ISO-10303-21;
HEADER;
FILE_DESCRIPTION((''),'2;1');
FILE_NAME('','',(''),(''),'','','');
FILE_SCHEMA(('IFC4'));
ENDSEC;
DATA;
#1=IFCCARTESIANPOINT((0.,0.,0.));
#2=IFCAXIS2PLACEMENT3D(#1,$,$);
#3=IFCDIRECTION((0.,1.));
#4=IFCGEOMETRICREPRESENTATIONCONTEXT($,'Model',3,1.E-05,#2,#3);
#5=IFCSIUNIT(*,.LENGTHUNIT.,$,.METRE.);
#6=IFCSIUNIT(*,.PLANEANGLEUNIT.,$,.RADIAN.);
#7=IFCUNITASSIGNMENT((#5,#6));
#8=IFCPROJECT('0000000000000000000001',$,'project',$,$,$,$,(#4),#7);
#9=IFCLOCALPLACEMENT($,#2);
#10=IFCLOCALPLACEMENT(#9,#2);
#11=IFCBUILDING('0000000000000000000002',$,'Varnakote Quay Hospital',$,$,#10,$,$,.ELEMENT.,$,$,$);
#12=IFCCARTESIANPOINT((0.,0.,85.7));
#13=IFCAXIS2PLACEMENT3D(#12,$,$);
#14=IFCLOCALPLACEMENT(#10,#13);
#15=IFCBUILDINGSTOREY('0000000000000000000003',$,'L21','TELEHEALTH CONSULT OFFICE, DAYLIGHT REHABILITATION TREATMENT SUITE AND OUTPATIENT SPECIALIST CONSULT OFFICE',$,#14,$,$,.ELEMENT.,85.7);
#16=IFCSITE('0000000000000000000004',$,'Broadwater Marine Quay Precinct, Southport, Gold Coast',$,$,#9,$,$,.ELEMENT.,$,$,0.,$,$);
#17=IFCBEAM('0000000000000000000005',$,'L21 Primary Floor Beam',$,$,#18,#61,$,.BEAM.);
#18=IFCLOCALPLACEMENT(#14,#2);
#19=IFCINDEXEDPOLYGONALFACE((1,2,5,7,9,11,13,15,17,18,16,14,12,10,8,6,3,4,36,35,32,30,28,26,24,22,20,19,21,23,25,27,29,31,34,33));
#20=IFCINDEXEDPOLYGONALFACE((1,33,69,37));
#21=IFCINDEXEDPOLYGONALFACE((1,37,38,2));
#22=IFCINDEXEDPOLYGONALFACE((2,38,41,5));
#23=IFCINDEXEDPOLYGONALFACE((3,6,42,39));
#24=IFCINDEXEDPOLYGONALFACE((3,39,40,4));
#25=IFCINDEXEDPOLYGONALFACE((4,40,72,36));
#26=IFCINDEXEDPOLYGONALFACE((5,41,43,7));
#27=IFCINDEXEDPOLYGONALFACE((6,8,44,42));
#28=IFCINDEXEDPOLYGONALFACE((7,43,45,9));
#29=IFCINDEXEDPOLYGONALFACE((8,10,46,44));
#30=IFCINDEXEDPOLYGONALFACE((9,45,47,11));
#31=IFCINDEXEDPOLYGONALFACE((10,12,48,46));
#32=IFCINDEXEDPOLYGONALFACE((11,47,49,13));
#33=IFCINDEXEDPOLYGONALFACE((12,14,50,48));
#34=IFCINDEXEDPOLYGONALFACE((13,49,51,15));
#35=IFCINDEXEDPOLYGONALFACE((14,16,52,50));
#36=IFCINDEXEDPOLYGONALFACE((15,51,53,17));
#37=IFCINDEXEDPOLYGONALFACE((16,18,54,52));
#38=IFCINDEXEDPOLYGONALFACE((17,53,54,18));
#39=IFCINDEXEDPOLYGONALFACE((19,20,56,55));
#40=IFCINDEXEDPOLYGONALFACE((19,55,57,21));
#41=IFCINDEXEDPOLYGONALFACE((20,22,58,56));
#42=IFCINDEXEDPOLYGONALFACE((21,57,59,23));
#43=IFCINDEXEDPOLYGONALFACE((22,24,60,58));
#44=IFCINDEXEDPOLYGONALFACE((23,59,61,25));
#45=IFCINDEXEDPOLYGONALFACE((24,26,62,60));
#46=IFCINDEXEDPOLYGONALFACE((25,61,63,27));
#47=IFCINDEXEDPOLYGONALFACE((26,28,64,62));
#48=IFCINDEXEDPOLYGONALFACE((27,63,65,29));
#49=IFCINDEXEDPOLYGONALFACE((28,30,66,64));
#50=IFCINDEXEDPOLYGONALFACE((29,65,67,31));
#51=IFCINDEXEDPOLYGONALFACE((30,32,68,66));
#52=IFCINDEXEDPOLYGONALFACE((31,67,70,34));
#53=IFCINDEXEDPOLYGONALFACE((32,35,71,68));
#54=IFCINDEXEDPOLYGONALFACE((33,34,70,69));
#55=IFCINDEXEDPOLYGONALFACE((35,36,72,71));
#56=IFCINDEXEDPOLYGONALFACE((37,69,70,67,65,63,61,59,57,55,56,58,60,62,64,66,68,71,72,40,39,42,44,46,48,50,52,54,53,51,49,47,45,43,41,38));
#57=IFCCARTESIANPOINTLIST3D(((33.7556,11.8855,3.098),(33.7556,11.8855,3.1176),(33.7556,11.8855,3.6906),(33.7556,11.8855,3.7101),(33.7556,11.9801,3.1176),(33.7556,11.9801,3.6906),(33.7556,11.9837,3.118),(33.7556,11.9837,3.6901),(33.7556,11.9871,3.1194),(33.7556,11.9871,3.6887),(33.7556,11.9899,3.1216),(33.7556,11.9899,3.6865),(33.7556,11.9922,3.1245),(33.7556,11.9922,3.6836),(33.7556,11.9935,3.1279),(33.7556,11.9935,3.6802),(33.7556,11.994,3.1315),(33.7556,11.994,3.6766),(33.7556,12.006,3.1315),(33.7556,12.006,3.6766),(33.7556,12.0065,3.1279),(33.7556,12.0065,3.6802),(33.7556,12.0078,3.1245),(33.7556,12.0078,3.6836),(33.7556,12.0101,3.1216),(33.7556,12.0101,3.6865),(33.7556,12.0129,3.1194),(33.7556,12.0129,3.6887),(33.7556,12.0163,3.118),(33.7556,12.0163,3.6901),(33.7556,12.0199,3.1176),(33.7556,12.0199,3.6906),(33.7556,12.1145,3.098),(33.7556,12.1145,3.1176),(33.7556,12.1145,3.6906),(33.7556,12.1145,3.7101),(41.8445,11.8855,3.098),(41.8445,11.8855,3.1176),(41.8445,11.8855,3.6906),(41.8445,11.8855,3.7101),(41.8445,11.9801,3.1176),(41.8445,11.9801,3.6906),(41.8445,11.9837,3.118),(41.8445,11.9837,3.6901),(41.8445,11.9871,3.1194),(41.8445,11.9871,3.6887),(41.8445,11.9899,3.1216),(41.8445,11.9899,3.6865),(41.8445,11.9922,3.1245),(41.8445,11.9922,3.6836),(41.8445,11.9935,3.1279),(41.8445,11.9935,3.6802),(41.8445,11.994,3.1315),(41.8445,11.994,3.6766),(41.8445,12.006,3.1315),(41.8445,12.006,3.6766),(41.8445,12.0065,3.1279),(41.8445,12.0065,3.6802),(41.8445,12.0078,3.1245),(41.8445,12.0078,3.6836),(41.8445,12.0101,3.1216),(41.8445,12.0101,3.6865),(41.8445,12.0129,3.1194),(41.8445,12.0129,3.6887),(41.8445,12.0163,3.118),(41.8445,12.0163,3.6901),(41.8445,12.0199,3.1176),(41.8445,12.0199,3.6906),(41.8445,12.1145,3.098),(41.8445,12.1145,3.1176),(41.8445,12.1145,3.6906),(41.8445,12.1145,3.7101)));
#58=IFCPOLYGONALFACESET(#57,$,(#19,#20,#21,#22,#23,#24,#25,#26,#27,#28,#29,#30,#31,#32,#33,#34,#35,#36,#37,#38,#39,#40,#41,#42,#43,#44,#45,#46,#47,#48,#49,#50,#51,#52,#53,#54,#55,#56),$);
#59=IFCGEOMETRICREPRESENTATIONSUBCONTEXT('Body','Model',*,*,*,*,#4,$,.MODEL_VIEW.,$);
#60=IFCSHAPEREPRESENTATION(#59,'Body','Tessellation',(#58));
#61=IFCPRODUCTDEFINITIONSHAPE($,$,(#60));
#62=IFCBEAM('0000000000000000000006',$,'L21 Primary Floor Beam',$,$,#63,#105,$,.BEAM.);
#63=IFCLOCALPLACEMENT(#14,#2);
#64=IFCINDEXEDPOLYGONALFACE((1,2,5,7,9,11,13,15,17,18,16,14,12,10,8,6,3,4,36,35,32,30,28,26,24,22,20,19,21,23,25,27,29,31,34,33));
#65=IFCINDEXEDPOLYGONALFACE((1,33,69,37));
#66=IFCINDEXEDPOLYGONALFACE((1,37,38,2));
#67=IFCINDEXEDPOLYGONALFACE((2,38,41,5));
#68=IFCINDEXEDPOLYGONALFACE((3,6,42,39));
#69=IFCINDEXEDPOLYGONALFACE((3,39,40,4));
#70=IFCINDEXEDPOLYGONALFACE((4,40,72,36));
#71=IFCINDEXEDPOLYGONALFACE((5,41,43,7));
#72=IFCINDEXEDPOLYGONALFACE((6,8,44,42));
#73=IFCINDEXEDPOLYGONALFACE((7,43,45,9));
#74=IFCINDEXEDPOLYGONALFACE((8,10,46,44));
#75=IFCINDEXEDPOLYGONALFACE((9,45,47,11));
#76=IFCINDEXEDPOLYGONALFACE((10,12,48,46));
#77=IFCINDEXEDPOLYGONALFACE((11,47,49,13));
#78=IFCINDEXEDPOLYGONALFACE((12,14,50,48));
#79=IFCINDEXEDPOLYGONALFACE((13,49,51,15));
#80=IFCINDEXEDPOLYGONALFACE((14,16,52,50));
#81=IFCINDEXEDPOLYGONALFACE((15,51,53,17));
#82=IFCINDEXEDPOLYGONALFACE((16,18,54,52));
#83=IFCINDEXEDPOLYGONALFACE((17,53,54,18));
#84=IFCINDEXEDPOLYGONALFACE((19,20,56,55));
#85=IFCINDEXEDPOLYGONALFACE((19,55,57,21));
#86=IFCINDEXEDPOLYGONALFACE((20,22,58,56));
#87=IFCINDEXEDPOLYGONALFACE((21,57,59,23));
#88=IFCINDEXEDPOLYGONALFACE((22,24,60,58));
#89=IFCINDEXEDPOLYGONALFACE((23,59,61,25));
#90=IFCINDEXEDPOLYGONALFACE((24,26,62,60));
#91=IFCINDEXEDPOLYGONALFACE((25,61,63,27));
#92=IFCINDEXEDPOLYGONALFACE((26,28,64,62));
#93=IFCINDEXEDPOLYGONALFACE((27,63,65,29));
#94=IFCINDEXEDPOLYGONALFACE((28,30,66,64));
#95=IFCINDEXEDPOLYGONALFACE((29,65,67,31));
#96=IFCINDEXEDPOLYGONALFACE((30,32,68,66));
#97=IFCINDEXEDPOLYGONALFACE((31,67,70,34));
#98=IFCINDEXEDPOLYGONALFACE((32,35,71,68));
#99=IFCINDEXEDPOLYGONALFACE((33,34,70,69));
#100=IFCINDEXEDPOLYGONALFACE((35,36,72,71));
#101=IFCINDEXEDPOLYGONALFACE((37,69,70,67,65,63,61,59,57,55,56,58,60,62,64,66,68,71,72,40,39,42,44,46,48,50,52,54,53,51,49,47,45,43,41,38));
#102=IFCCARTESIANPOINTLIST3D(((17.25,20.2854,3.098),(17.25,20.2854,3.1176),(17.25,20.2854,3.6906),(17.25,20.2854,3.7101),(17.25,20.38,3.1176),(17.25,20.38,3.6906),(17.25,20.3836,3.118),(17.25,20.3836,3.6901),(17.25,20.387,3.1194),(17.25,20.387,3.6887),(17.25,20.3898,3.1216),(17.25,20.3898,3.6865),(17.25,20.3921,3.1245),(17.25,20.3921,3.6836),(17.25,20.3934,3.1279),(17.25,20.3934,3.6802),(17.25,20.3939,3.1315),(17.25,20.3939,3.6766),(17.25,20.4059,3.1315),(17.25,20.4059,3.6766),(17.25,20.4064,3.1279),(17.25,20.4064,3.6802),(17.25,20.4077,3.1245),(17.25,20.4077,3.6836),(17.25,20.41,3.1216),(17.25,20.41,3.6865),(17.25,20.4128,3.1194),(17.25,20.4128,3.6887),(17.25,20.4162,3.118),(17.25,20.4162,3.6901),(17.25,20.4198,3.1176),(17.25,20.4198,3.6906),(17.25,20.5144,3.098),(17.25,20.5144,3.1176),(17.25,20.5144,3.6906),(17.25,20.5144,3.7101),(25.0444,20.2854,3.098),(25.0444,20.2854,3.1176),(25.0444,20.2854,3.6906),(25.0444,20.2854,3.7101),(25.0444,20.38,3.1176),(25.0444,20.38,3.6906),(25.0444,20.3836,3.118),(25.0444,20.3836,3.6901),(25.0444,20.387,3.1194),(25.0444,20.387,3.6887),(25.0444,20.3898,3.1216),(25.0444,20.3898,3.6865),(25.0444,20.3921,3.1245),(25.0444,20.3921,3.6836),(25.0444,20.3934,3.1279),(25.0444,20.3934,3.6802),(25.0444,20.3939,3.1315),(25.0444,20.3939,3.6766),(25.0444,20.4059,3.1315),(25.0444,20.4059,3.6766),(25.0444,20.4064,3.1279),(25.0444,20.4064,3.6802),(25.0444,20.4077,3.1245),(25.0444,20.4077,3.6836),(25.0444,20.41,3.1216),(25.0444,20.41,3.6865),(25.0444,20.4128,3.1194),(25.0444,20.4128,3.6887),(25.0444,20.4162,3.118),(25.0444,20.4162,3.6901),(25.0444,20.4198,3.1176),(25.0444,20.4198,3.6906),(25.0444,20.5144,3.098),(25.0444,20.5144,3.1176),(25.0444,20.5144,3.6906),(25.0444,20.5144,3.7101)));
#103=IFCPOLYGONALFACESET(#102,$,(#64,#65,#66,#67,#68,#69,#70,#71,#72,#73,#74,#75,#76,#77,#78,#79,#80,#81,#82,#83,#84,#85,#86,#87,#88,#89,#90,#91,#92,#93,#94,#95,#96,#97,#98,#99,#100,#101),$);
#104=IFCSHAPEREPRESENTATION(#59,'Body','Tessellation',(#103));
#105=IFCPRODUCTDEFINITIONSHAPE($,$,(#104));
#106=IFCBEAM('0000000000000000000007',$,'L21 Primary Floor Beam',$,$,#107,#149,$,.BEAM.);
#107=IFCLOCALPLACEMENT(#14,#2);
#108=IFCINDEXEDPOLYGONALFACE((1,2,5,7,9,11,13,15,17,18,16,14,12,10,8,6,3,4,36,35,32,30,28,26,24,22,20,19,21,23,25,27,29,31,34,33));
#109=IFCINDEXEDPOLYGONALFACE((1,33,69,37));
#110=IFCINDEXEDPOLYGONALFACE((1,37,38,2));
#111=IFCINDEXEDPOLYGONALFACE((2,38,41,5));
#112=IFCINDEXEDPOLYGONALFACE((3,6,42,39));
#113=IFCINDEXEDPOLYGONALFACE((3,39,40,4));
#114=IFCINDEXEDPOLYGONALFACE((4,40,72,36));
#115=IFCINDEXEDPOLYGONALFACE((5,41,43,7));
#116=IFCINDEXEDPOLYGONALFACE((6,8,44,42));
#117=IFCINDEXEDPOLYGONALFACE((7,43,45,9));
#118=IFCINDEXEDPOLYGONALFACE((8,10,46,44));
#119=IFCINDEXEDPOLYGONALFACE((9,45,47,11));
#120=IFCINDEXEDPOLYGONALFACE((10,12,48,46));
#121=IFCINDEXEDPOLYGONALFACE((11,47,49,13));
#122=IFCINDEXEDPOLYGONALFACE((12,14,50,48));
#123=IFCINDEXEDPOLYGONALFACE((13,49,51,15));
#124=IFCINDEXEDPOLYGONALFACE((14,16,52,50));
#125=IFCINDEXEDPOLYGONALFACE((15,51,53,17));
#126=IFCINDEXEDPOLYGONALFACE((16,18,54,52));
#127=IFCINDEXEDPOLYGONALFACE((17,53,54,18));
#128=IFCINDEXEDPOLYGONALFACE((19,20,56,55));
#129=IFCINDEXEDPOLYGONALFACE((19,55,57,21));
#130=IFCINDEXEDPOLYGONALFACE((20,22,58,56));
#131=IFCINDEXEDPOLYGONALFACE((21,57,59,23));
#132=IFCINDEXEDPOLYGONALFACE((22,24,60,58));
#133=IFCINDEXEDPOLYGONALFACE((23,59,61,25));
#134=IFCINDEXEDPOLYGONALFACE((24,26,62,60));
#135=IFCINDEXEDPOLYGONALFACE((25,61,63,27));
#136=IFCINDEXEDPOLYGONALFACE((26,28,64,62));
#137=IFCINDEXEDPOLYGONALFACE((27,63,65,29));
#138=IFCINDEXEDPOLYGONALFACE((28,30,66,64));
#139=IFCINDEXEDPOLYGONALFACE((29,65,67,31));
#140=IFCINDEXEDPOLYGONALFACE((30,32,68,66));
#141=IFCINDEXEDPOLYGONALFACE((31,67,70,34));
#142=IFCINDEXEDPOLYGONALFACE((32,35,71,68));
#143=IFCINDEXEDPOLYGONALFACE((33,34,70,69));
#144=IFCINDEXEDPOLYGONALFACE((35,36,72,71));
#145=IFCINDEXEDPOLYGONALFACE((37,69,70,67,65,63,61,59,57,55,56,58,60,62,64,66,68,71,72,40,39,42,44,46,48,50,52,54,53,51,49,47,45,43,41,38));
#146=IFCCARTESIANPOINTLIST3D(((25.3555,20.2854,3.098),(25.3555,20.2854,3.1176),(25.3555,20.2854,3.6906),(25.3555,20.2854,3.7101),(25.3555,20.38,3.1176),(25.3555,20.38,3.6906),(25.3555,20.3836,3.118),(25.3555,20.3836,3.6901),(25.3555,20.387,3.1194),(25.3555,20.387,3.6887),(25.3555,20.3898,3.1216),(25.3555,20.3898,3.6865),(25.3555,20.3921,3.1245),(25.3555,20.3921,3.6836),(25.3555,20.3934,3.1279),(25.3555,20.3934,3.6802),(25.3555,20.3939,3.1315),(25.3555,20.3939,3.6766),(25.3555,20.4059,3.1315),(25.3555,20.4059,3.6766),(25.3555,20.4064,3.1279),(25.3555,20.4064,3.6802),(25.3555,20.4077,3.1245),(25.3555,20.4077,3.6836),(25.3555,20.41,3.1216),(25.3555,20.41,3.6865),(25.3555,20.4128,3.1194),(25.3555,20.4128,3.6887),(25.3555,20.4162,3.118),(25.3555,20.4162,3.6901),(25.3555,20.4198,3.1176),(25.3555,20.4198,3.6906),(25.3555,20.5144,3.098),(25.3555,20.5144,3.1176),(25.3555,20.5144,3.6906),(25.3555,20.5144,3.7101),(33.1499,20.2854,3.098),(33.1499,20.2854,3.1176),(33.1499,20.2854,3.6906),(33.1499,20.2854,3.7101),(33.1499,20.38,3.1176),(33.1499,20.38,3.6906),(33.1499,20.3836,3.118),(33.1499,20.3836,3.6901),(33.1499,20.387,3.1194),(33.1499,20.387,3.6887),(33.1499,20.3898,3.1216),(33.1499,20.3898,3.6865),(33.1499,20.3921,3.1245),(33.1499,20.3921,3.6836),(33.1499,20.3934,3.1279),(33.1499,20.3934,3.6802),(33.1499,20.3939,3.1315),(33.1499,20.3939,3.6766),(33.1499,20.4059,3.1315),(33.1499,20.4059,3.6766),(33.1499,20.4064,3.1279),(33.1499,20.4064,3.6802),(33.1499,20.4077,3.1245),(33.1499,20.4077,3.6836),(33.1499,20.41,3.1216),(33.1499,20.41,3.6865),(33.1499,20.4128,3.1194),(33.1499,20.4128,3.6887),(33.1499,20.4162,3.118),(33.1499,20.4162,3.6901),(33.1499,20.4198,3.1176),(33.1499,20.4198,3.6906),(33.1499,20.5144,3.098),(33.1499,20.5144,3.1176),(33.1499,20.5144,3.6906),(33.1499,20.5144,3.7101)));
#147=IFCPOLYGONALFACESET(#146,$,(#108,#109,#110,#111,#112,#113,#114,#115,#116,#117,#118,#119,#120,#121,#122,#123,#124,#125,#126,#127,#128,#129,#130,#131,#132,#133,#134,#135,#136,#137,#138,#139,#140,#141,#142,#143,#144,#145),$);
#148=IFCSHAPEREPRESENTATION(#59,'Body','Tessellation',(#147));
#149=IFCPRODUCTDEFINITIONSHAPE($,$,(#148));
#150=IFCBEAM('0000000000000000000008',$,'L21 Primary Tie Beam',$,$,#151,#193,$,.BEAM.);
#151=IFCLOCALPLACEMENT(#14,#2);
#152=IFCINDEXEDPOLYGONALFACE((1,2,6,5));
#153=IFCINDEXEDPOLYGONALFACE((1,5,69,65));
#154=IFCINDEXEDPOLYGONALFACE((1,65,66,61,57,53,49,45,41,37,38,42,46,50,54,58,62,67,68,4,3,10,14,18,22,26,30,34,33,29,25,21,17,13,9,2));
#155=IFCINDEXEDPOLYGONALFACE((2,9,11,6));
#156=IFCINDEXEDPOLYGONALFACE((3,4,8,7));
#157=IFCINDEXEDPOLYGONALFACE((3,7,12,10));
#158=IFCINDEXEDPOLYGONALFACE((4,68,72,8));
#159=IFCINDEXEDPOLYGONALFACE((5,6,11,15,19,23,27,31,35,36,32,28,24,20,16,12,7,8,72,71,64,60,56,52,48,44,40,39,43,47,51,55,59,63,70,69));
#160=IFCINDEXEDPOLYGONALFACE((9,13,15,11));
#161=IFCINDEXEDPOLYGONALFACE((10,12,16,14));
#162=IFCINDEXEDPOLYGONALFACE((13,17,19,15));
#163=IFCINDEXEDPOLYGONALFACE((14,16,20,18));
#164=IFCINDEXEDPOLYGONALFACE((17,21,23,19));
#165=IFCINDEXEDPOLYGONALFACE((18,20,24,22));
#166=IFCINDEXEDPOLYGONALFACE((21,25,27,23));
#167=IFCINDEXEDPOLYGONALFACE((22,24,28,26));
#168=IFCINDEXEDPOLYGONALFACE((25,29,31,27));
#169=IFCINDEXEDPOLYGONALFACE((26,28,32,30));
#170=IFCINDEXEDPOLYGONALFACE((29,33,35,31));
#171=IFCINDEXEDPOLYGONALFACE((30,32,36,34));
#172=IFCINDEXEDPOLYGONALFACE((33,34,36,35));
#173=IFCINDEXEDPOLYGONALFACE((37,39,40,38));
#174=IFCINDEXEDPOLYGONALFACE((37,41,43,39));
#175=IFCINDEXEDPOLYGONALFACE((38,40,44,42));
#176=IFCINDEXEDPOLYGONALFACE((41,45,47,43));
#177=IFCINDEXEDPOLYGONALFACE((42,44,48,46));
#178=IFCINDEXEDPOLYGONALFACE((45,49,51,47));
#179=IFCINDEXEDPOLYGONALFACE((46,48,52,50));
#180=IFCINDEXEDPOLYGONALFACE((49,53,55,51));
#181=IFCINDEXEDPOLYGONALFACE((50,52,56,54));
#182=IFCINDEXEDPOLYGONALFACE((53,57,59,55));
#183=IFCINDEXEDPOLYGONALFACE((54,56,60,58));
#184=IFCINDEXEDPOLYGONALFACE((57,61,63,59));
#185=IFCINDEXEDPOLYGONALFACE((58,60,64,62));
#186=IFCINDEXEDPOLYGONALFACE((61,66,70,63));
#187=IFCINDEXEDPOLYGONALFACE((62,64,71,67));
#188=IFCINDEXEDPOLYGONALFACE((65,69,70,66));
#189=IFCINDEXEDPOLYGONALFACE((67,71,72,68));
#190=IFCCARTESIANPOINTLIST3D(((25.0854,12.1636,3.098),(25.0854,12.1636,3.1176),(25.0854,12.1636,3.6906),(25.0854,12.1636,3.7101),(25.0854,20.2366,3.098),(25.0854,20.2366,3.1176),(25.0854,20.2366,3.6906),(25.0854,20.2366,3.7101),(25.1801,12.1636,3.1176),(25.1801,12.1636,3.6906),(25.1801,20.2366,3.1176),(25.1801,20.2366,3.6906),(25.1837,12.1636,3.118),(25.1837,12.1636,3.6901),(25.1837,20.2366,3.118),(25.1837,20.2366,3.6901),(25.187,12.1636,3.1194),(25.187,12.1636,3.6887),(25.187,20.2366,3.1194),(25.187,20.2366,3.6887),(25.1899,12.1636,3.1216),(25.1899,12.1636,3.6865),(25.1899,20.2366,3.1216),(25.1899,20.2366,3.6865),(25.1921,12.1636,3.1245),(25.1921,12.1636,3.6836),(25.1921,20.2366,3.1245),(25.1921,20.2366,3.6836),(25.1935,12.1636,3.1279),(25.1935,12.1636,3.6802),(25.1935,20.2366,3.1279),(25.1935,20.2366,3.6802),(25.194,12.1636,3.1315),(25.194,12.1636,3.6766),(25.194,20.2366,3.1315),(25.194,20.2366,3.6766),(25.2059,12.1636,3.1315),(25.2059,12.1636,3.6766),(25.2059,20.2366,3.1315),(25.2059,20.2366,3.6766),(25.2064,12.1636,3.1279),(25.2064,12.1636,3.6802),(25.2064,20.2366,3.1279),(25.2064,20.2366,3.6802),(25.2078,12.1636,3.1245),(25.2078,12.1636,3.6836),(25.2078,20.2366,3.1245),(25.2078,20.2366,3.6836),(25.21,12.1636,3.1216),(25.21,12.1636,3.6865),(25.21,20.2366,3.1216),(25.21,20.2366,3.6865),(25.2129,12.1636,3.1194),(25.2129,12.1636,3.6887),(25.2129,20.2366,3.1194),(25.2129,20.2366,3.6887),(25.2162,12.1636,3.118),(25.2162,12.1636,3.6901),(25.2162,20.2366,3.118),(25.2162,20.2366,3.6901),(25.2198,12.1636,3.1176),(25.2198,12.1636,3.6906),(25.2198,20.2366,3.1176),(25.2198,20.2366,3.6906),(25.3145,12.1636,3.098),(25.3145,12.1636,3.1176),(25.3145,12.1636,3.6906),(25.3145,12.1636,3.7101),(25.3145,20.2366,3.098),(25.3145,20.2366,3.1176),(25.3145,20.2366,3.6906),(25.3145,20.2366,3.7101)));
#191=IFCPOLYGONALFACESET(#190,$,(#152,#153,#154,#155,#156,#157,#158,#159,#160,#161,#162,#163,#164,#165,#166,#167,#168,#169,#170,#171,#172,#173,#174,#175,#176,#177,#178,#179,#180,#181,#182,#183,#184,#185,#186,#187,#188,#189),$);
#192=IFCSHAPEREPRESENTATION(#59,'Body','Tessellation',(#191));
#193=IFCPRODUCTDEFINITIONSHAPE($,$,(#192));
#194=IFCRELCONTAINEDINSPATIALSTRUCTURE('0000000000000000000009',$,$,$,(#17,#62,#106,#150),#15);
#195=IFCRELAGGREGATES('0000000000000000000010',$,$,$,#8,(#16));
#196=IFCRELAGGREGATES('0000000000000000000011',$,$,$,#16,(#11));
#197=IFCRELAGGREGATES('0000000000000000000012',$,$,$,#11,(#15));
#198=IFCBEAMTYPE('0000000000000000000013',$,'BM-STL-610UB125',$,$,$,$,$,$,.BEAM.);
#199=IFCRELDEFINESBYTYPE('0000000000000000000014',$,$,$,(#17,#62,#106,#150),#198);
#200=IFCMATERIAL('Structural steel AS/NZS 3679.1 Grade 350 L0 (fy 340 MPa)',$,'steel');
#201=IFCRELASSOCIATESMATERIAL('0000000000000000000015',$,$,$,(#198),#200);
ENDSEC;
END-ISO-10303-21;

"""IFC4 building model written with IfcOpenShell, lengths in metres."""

from ifc_helpers import new_model, si_unit, direction, frame, origin, origin_2d, place, context, subcontext, project, spatial, i_section, extrude, material, material_profile, profile_set, type_object, element, save


model = new_model("IFC4")

# Units and contexts
model_context = context("Model", 3, precision=1e-05, world=origin(), true_north=direction((0.0, 1.0)))
body_context = subcontext(model_context, "Body", "Model", "MODEL_VIEW")
ifc_project = project(units=[si_unit("LENGTHUNIT", "METRE"), si_unit("PLANEANGLEUNIT", "RADIAN")], contexts=[model_context])

# Site, building, storey
site_placement = place(None, origin())
site = spatial("IfcSite", under=ifc_project, at=site_placement, Name="Broadwater Marine Quay Precinct, Southport, Gold Coast", CompositionType="ELEMENT", RefElevation=0.0)
building_placement = place(site_placement, origin())
building = spatial("IfcBuilding", under=site, at=building_placement, Name="Varnakote Quay Hospital", CompositionType="ELEMENT")
storey_placement = place(building_placement, frame((0.0, 0.0, 85.7)))
storey = spatial("IfcBuildingStorey", under=building, at=storey_placement, Name="L21", Description="TELEHEALTH CONSULT OFFICE, DAYLIGHT REHABILITATION TREATMENT SUITE AND OUTPATIENT SPECIALIST CONSULT OFFICE", CompositionType="ELEMENT", Elevation=85.7)

# Beams
ifc_material_1 = material(Name="Structural steel AS/NZS 3679.1 Grade 350 L0 (fy 340 MPa)", Category="steel")
ifc_material_profile_1 = material_profile(ifc_material_1, i_section(OverallWidth=0.229, OverallDepth=0.6121, WebThickness=0.012, FlangeThickness=0.0195, FilletRadius=0.0139, at=origin_2d()), Name="610UB125")
ifc_profile_set_1 = profile_set([ifc_material_profile_1], Name="Structural steel AS/NZS 3679.1 Grade 350 L0 (fy 340 MPa)")
beam_type_1 = type_object("IfcBeamType", Name="BM-STL-610UB125", PredefinedType="BEAM", material=ifc_profile_set_1)
beam_1_placement = place(storey_placement, frame((33.7556, 12.0, 3.4041), z_axis=(1.0, 0.0, 0.0), x_axis=(0.0, 1.0, 0.0)))
element("IfcBeam", 1, at=beam_1_placement, inside=storey, type_object=beam_type_1, Name="L21 Primary Floor Beam", PredefinedType="BEAM", context=body_context, shape_type="SweptSolid", body=[
    extrude(i_section(OverallWidth=0.229, OverallDepth=0.6121, WebThickness=0.012, FlangeThickness=0.0195, FilletRadius=0.0139, at=origin_2d()), origin(), (0.0, 0.0, 1.0), 8.0889),
])
for number, where, z_axis, x_axis, name in (
    (2, (17.25, 20.3999, 3.4041), (1.0, 0.0, 0.0), (0.0, 1.0, 0.0), "L21 Primary Floor Beam"),
    (3, (25.3555, 20.3999, 3.4041), (1.0, 0.0, 0.0), (0.0, 1.0, 0.0), "L21 Primary Floor Beam"),
):
    element("IfcBeam", number, at=place(storey_placement, frame(where, z_axis=z_axis, x_axis=x_axis)), inside=storey, type_object=beam_type_1, Name=name, PredefinedType="BEAM", context=body_context, shape_type="SweptSolid", body=[
        extrude(i_section(OverallWidth=0.229, OverallDepth=0.6121, WebThickness=0.012, FlangeThickness=0.0195, FilletRadius=0.0139, at=origin_2d()), origin(), (0.0, 0.0, 1.0), 7.7944),
    ])
beam_2_placement = place(storey_placement, frame((25.2, 12.1636, 3.4041), z_axis=(0.0, 1.0, 0.0), x_axis=(-1.0, 0.0, 0.0)))
element("IfcBeam", 4, at=beam_2_placement, inside=storey, type_object=beam_type_1, Name="L21 Primary Tie Beam", PredefinedType="BEAM", context=body_context, shape_type="SweptSolid", body=[
    extrude(i_section(OverallWidth=0.229, OverallDepth=0.6121, WebThickness=0.012, FlangeThickness=0.0195, FilletRadius=0.0139, at=origin_2d()), origin(), (0.0, 0.0, 1.0), 8.073),
])

save(model, "model.ifc")
